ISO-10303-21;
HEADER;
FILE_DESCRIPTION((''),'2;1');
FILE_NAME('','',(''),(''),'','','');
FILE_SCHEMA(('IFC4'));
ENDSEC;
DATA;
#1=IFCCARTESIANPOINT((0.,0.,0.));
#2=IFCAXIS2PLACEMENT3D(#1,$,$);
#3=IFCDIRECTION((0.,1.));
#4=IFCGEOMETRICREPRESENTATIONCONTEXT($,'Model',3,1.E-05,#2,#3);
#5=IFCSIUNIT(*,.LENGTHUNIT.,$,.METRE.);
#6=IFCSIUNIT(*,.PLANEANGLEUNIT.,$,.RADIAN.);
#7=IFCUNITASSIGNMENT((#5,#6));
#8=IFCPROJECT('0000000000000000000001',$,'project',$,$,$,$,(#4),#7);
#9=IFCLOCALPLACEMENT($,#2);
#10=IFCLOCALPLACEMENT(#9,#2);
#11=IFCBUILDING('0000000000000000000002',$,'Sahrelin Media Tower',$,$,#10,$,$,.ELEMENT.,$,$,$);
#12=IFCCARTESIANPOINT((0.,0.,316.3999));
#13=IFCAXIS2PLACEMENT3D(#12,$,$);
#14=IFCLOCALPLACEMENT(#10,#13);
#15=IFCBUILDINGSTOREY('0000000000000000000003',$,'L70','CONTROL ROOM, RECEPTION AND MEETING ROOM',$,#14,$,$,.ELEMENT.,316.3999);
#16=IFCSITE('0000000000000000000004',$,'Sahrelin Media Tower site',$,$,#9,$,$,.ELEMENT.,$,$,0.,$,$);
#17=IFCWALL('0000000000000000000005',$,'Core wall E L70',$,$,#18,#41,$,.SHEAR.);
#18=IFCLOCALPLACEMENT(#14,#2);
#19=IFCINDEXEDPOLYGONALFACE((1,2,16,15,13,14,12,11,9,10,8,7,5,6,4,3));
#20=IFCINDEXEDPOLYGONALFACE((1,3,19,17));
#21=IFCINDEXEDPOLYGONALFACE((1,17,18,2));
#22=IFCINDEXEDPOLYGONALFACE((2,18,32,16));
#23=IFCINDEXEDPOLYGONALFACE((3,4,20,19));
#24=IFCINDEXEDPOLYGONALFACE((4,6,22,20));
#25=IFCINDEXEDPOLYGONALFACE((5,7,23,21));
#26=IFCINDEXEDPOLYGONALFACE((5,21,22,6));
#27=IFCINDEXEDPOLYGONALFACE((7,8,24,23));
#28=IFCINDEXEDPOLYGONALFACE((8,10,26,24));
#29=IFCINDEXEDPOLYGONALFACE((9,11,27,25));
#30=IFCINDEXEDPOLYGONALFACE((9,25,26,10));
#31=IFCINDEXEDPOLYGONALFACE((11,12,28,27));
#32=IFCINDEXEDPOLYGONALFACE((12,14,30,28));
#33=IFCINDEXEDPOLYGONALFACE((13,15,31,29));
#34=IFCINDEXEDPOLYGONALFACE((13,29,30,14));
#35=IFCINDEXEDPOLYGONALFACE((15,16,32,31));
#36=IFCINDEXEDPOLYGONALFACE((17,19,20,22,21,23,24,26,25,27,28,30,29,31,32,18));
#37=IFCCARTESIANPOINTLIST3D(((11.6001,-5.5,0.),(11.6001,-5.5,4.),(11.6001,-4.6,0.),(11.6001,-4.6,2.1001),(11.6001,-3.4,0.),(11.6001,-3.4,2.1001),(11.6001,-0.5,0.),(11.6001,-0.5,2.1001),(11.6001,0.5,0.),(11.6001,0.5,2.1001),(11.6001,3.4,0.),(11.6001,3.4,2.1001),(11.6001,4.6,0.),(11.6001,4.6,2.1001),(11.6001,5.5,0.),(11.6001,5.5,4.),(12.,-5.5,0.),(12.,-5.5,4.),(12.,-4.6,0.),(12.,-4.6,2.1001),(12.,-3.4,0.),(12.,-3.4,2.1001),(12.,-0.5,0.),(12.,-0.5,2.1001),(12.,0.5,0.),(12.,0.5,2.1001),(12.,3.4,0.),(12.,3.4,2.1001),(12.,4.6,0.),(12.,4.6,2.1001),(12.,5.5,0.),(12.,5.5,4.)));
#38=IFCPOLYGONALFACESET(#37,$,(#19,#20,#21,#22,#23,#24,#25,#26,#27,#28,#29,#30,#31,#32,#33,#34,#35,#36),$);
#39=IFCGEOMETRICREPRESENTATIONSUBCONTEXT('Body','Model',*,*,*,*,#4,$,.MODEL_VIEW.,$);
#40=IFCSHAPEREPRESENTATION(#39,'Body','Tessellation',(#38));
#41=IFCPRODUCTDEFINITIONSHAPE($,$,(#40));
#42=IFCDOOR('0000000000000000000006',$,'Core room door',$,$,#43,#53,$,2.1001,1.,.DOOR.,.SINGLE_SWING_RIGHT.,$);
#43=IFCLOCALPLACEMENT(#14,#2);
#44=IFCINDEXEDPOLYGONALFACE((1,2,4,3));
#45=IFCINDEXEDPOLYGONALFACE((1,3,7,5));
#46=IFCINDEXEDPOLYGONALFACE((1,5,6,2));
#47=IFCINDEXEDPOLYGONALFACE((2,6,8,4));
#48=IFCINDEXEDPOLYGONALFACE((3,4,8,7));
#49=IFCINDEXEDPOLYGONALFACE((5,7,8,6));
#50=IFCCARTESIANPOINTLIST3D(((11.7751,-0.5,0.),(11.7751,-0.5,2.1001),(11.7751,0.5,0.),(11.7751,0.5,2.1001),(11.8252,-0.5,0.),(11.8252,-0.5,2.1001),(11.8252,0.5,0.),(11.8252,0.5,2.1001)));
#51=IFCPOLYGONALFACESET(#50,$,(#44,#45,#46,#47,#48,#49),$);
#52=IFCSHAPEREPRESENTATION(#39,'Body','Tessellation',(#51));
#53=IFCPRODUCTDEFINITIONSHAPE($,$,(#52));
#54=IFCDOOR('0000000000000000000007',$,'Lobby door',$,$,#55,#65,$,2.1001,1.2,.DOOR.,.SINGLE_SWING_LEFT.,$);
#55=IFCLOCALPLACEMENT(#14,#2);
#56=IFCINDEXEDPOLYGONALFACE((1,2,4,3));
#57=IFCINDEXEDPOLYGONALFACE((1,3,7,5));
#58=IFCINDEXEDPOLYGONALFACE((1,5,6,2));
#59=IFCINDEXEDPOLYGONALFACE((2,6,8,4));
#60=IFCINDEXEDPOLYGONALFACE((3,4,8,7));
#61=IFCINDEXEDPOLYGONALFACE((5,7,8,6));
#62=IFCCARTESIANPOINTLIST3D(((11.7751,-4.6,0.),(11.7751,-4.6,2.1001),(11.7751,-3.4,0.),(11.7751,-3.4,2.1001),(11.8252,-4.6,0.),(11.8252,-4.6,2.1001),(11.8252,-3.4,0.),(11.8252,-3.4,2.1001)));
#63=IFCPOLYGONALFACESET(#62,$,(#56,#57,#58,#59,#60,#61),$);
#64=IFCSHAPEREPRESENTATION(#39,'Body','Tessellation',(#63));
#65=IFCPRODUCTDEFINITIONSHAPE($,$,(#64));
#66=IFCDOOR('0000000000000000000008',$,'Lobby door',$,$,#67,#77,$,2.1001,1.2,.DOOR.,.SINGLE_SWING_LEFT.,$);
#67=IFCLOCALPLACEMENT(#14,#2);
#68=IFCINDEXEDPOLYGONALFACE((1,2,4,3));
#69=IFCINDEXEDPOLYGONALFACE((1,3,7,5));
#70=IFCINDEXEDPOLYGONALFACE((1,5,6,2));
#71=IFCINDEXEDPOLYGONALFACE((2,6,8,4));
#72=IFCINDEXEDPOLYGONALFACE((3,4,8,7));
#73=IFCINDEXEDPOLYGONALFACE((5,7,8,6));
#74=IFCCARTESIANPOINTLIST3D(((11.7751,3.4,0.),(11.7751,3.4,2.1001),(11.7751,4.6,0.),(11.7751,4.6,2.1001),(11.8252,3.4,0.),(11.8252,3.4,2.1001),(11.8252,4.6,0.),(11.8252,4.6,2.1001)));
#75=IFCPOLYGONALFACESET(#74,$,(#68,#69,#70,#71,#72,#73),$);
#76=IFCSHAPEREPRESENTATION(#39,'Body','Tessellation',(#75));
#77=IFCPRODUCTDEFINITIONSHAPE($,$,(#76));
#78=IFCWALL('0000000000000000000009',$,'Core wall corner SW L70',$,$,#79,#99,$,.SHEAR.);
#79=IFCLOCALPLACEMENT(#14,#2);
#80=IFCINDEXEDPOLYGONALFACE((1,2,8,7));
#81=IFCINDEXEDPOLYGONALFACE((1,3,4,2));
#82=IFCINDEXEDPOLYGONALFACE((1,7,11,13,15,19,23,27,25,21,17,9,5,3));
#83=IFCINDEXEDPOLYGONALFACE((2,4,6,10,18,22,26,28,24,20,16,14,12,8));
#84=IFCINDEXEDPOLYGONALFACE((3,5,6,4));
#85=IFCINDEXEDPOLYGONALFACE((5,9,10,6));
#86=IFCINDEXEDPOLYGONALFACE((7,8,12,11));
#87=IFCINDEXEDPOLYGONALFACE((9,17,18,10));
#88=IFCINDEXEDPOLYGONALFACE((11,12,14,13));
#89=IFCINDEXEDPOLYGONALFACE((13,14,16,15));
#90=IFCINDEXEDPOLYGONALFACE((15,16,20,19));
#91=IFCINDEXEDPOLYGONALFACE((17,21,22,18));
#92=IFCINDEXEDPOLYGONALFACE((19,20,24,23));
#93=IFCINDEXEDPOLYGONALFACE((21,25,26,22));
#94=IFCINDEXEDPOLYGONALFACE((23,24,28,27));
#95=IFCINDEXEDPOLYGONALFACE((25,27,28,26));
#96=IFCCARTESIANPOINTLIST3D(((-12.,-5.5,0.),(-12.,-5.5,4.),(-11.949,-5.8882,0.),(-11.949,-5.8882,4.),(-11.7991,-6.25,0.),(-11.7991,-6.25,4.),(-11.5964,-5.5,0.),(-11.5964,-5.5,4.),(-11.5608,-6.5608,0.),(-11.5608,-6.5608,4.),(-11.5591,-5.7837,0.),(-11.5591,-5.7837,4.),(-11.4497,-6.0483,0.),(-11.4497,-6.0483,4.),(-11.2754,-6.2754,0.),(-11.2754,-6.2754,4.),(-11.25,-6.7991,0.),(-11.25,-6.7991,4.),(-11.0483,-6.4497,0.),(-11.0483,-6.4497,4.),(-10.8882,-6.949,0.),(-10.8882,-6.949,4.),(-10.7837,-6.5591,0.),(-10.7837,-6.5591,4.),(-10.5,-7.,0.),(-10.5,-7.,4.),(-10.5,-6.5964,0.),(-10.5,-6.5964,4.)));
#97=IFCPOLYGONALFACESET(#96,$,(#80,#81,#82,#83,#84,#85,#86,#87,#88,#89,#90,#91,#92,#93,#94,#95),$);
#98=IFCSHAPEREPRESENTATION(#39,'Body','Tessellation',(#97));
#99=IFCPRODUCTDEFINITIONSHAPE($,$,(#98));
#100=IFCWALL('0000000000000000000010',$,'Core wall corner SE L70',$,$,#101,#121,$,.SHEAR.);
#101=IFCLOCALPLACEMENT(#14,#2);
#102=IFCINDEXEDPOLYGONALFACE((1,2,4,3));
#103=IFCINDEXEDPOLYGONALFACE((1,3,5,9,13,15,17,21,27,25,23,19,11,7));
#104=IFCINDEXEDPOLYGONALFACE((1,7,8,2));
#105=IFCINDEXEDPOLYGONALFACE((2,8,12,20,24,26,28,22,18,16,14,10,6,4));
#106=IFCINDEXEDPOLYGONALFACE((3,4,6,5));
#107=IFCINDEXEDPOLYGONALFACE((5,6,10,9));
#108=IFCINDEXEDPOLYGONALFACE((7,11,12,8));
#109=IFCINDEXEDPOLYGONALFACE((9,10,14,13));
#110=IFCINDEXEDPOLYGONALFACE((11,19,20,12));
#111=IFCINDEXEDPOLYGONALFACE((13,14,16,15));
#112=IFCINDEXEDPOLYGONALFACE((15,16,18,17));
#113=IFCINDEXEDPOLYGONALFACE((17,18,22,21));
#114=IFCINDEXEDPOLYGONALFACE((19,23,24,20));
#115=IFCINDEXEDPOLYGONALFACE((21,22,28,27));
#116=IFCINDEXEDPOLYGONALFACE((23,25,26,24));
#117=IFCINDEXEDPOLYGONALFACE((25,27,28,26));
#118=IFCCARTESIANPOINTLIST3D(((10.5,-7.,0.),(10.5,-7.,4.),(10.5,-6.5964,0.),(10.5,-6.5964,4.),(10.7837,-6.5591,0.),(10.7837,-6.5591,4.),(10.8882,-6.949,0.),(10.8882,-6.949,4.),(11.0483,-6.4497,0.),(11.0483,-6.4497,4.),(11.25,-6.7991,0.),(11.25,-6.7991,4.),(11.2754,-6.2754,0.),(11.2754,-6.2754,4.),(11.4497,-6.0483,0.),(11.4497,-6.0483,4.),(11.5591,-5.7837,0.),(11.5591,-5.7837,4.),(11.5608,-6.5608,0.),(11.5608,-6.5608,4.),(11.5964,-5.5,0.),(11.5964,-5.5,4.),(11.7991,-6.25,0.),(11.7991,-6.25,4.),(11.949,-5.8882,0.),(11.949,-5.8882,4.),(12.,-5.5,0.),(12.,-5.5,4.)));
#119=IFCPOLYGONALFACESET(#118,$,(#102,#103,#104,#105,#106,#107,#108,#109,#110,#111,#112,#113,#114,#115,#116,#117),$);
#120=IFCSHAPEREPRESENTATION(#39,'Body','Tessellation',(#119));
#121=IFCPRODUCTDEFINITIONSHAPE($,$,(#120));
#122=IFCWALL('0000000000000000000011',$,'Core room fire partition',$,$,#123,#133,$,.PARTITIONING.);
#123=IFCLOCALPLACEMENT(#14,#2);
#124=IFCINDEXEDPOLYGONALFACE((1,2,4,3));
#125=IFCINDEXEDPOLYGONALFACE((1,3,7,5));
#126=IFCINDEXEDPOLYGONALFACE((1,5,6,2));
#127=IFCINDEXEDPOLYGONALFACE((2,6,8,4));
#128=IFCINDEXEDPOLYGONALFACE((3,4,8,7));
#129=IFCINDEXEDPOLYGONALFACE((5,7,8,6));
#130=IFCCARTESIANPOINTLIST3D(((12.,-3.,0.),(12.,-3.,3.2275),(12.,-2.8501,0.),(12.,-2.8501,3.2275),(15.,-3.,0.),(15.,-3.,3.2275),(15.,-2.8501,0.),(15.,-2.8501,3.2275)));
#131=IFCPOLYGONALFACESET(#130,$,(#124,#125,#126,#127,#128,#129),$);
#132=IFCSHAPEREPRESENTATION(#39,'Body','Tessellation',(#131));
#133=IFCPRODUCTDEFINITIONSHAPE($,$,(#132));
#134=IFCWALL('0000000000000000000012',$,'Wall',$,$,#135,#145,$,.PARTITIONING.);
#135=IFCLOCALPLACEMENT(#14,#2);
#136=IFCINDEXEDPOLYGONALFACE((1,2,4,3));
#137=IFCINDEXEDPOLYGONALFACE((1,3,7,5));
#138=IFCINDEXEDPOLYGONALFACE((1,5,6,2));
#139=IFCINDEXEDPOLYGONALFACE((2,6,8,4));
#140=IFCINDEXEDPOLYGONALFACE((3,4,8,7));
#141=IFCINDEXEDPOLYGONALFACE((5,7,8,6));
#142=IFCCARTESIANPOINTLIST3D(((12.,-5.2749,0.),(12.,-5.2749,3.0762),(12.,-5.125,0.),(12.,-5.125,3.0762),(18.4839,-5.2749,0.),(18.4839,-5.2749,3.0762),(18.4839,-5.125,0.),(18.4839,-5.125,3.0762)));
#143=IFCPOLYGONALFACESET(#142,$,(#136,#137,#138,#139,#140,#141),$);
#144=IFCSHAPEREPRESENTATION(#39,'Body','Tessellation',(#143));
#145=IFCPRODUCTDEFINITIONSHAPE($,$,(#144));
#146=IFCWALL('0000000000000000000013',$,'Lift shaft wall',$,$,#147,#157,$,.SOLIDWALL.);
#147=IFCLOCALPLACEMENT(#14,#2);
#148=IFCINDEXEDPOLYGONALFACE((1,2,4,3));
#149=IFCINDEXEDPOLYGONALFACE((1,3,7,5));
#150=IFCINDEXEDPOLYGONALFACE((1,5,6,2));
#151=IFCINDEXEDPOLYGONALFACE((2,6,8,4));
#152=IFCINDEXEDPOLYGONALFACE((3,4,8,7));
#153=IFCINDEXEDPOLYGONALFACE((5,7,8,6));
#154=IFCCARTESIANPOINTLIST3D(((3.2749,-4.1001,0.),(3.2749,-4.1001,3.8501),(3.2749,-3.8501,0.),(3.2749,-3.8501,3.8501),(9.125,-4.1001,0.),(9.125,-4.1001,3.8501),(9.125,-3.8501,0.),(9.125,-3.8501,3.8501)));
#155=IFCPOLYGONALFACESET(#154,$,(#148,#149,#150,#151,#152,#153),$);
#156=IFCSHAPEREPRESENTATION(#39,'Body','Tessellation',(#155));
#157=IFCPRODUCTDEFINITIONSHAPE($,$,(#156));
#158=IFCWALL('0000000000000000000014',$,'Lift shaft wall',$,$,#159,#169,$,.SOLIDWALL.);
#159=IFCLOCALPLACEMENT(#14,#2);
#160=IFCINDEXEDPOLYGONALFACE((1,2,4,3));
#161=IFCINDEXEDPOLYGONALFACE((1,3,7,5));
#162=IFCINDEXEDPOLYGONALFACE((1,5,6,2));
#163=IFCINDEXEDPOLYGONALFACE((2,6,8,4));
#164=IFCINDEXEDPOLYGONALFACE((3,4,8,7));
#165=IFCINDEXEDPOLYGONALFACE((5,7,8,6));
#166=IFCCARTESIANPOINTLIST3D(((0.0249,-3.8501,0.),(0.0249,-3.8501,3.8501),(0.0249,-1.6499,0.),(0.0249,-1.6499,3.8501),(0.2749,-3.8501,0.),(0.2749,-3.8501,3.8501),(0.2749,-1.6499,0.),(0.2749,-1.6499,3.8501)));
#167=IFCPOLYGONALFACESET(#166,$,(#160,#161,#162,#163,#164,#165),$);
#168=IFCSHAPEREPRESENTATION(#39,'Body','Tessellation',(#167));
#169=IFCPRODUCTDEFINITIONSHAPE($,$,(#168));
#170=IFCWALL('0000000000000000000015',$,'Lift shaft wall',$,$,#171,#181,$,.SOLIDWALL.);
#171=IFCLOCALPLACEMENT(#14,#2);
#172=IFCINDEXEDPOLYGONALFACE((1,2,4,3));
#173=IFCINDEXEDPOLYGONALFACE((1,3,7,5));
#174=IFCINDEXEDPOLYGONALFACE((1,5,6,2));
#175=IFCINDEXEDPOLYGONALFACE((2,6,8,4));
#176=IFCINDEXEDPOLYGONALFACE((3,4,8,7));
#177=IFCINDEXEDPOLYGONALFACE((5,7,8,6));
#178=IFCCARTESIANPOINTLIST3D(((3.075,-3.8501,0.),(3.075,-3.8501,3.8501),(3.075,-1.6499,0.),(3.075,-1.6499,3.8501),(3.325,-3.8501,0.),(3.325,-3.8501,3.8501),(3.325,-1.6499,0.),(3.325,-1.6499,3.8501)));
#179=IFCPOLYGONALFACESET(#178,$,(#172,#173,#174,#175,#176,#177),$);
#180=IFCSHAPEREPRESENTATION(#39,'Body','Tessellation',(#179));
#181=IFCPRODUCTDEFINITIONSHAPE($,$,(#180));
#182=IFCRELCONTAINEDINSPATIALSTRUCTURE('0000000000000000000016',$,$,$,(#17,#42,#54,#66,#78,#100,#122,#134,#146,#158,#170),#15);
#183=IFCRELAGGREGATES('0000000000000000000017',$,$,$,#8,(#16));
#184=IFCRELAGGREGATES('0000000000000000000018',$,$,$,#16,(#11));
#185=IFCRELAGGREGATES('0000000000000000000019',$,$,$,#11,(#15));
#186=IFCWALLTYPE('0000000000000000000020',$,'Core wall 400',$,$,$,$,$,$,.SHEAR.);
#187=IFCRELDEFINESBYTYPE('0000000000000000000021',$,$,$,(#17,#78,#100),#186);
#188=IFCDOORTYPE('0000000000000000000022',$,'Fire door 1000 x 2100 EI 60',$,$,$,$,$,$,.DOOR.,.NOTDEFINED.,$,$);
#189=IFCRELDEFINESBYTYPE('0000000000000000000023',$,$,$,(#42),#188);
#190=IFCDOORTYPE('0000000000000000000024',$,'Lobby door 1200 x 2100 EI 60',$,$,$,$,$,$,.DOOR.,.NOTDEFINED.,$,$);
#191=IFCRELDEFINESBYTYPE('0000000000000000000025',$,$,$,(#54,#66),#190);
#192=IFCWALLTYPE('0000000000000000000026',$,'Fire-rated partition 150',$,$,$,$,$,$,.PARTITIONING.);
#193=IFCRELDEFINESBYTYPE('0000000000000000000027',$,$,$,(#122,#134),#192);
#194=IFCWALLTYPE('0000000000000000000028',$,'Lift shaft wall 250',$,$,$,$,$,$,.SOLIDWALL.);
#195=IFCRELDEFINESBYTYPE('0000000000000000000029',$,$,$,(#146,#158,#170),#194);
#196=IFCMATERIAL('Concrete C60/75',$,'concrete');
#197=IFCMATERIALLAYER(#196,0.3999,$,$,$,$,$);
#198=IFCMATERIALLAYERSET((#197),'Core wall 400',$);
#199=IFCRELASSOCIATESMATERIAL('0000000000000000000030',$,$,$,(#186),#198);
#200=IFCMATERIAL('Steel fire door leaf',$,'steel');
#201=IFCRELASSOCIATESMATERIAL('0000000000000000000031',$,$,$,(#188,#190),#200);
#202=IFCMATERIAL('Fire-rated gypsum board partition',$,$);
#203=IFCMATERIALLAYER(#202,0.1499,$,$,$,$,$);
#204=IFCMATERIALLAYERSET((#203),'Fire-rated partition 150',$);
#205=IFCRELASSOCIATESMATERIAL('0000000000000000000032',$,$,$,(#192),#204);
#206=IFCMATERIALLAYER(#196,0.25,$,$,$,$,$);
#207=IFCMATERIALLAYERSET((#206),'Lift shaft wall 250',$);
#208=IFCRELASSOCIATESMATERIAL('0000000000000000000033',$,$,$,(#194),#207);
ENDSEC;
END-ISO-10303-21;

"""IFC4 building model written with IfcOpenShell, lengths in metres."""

from ifc_helpers import new_model, si_unit, direction, frame, frame_2d, origin, place, context, subcontext, project, spatial, polyline, rectangle, outline, extrude, material, layer, layer_set, type_object, element, fill, save


model = new_model("IFC4")

# Units and contexts
model_context = context("Model", 3, precision=1e-05, world=origin(), true_north=direction((0.0, 1.0)))
body_context = subcontext(model_context, "Body", "Model", "MODEL_VIEW")
ifc_project = project(units=[si_unit("LENGTHUNIT", "METRE"), si_unit("PLANEANGLEUNIT", "RADIAN")], contexts=[model_context])

# Site, building, storey
site_placement = place(None, origin())
site = spatial("IfcSite", under=ifc_project, at=site_placement, Name="Sahrelin Media Tower site", CompositionType="ELEMENT", RefElevation=0.0)
building_placement = place(site_placement, origin())
building = spatial("IfcBuilding", under=site, at=building_placement, Name="Sahrelin Media Tower", CompositionType="ELEMENT")
storey_placement = place(building_placement, frame((0.0, 0.0, 316.3999)))
storey = spatial("IfcBuildingStorey", under=building, at=storey_placement, Name="L70", Description="CONTROL ROOM, RECEPTION AND MEETING ROOM", CompositionType="ELEMENT", Elevation=316.3999)

# Shared definitions
placement_1 = place(storey_placement, origin())

# Wall, openings, doors
ifc_material_1 = material(Name="Concrete C60/75", Category="concrete")
ifc_layer_1 = layer(ifc_material_1, 0.3999)
ifc_layer_set_1 = layer_set([ifc_layer_1], Name="Core wall 400")
wall_type_1 = type_object("IfcWallType", Name="Core wall 400", PredefinedType="SHEAR", material=ifc_layer_set_1)
wall_1_placement = place(storey_placement, frame((11.8, -5.5, 0.0), z_axis=(0.0, 0.0, 1.0), x_axis=(0.0, 1.0, 0.0)))
wall_1 = element("IfcWall", 1, at=wall_1_placement, inside=storey, type_object=wall_type_1, Name="Core wall E L70", PredefinedType="SHEAR", context=body_context, shape_type="SweptSolid", body=[
    extrude(rectangle(XDim=11.0, YDim=0.3999, at=frame_2d((5.5, 0.0))), origin(), (0.0, 0.0, 1.0), 4.0),
])
opening_1_placement = place(wall_1_placement, frame((5.0, 0.0, 0.0)))
opening_1 = element("IfcOpeningElement", 2, at=opening_1_placement, cuts=wall_1, PredefinedType="OPENING", context=body_context, shape_type="SweptSolid", body=[
    extrude(rectangle(XDim=1.0, YDim=2.1001, at=frame_2d((0.5, 1.05))), frame((0.0, 0.2, 0.0), z_axis=(0.0, -1.0, 0.0), x_axis=(1.0, 0.0, 0.0)), (0.0, 0.0, 1.0), 0.3999),
])
opening_2_placement = place(wall_1_placement, frame((0.8999, 0.0, 0.0)))
opening_2 = element("IfcOpeningElement", 3, at=opening_2_placement, cuts=wall_1, PredefinedType="OPENING", context=body_context, shape_type="SweptSolid", body=[
    extrude(rectangle(XDim=1.2, YDim=2.1001, at=frame_2d((0.6001, 1.05))), frame((0.0, 0.2, 0.0), z_axis=(0.0, -1.0, 0.0), x_axis=(1.0, 0.0, 0.0)), (0.0, 0.0, 1.0), 0.3999),
])
opening_3_placement = place(wall_1_placement, frame((8.8999, 0.0, 0.0)))
opening_3 = element("IfcOpeningElement", 4, at=opening_3_placement, cuts=wall_1, PredefinedType="OPENING", context=body_context, shape_type="SweptSolid", body=[
    extrude(rectangle(XDim=1.2, YDim=2.1001, at=frame_2d((0.6001, 1.05))), frame((0.0, 0.2, 0.0), z_axis=(0.0, -1.0, 0.0), x_axis=(1.0, 0.0, 0.0)), (0.0, 0.0, 1.0), 0.3999),
])
ifc_material_2 = material(Name="Steel fire door leaf", Category="steel")
door_type_1 = type_object("IfcDoorType", Name="Fire door 1000 x 2100 EI 60", OperationType="NOTDEFINED", PredefinedType="DOOR", material=ifc_material_2)
door_1_placement = place(opening_1_placement, origin())
door_1 = element("IfcDoor", 5, at=door_1_placement, inside=storey, type_object=door_type_1, Name="Core room door", OperationType="SINGLE_SWING_RIGHT", OverallHeight=2.1001, OverallWidth=1.0, PredefinedType="DOOR", context=body_context, shape_type="SweptSolid", body=[
    extrude(rectangle(XDim=1.0, YDim=2.1001, at=frame_2d((0.5, 1.05))), frame((0.0, 0.0249, 0.0), z_axis=(0.0, -1.0, 0.0), x_axis=(1.0, 0.0, 0.0)), (0.0, 0.0, 1.0), 0.05),
])
fill(opening_1, door_1)
door_type_2 = type_object("IfcDoorType", Name="Lobby door 1200 x 2100 EI 60", OperationType="NOTDEFINED", PredefinedType="DOOR", material=ifc_material_2)
door_2_placement = place(opening_2_placement, origin())
door_2 = element("IfcDoor", 6, at=door_2_placement, inside=storey, type_object=door_type_2, Name="Lobby door", OperationType="SINGLE_SWING_LEFT", OverallHeight=2.1001, OverallWidth=1.2, PredefinedType="DOOR", context=body_context, shape_type="SweptSolid", body=[
    extrude(rectangle(XDim=1.2, YDim=2.1001, at=frame_2d((0.6001, 1.05))), frame((0.0, 0.0249, 0.0), z_axis=(0.0, -1.0, 0.0), x_axis=(1.0, 0.0, 0.0)), (0.0, 0.0, 1.0), 0.05),
])
fill(opening_2, door_2)
door_3_placement = place(opening_3_placement, origin())
door_3 = element("IfcDoor", 7, at=door_3_placement, inside=storey, type_object=door_type_2, Name="Lobby door", OperationType="SINGLE_SWING_LEFT", OverallHeight=2.1001, OverallWidth=1.2, PredefinedType="DOOR", context=body_context, shape_type="SweptSolid", body=[
    extrude(rectangle(XDim=1.2, YDim=2.1001, at=frame_2d((0.6001, 1.05))), frame((0.0, 0.0249, 0.0), z_axis=(0.0, -1.0, 0.0), x_axis=(1.0, 0.0, 0.0)), (0.0, 0.0, 1.0), 0.05),
])
fill(opening_3, door_3)

# Walls
element("IfcWall", 8, at=placement_1, inside=storey, type_object=wall_type_1, Name="Core wall corner SW L70", PredefinedType="SHEAR", context=body_context, shape_type="SweptSolid", body=[
    extrude(outline(polyline([(-10.5, -7.0), (-10.5, -6.5964), (-10.7837, -6.5591), (-11.0483, -6.4497), (-11.2754, -6.2754), (-11.4497, -6.0483), (-11.5591, -5.7837), (-11.5964, -5.5), (-12.0, -5.5), (-11.949, -5.8882), (-11.7991, -6.25), (-11.5608, -6.5608), (-11.25, -6.7991), (-10.8882, -6.949), (-10.5, -7.0)])), origin(), (0.0, 0.0, 1.0), 4.0),
])
element("IfcWall", 9, at=placement_1, inside=storey, type_object=wall_type_1, Name="Core wall corner SE L70", PredefinedType="SHEAR", context=body_context, shape_type="SweptSolid", body=[
    extrude(outline(polyline([(12.0, -5.5), (11.5964, -5.5), (11.5591, -5.7837), (11.4497, -6.0483), (11.2754, -6.2754), (11.0483, -6.4497), (10.7837, -6.5591), (10.5, -6.5964), (10.5, -7.0), (10.8882, -6.949), (11.25, -6.7991), (11.5608, -6.5608), (11.7991, -6.25), (11.949, -5.8882), (12.0, -5.5)])), origin(), (0.0, 0.0, 1.0), 4.0),
])
ifc_material_3 = material(Name="Fire-rated gypsum board partition")
ifc_layer_2 = layer(ifc_material_3, 0.1499)
ifc_layer_set_2 = layer_set([ifc_layer_2], Name="Fire-rated partition 150")
wall_type_2 = type_object("IfcWallType", Name="Fire-rated partition 150", PredefinedType="PARTITIONING", material=ifc_layer_set_2)
wall_2_placement = place(storey_placement, frame((12.0, -2.925, 0.0), z_axis=(0.0, 0.0, 1.0), x_axis=(1.0, 0.0, 0.0)))
element("IfcWall", 10, at=wall_2_placement, inside=storey, type_object=wall_type_2, Name="Core room fire partition", PredefinedType="PARTITIONING", context=body_context, shape_type="SweptSolid", body=[
    extrude(rectangle(XDim=3.0, YDim=0.1499, at=frame_2d((1.5, 0.0))), origin(), (0.0, 0.0, 1.0), 3.2275),
])
wall_3_placement = place(storey_placement, frame((12.0, -5.2, 0.0), z_axis=(0.0, 0.0, 1.0), x_axis=(1.0, 0.0, 0.0)))
element("IfcWall", 11, at=wall_3_placement, inside=storey, type_object=wall_type_2, Name="Wall", PredefinedType="PARTITIONING", context=body_context, shape_type="SweptSolid", body=[
    extrude(rectangle(XDim=6.4839, YDim=0.1499, at=frame_2d((3.2419, 0.0))), origin(), (0.0, 0.0, 1.0), 3.0762),
])
ifc_layer_3 = layer(ifc_material_1, 0.25)
ifc_layer_set_3 = layer_set([ifc_layer_3], Name="Lift shaft wall 250")
wall_type_3 = type_object("IfcWallType", Name="Lift shaft wall 250", PredefinedType="SOLIDWALL", material=ifc_layer_set_3)
wall_4_placement = place(storey_placement, frame((3.2749, -3.9751, 0.0), z_axis=(0.0, 0.0, 1.0), x_axis=(1.0, 0.0, 0.0)))
element("IfcWall", 12, at=wall_4_placement, inside=storey, type_object=wall_type_3, Name="Lift shaft wall", PredefinedType="SOLIDWALL", context=body_context, shape_type="SweptSolid", body=[
    extrude(rectangle(XDim=5.8501, YDim=0.25, at=frame_2d((2.925, 0.0))), origin(), (0.0, 0.0, 1.0), 3.8501),
])
for number, where, z_axis, x_axis, name in (
    (13, (0.1499, -3.8501, 0.0), (0.0, 0.0, 1.0), (0.0, 1.0, 0.0), "Lift shaft wall"),
    (14, (3.2, -3.8501, 0.0), (0.0, 0.0, 1.0), (0.0, 1.0, 0.0), "Lift shaft wall"),
):
    element("IfcWall", number, at=place(storey_placement, frame(where, z_axis=z_axis, x_axis=x_axis)), inside=storey, type_object=wall_type_3, Name=name, PredefinedType="SOLIDWALL", context=body_context, shape_type="SweptSolid", body=[
        extrude(rectangle(XDim=2.2002, YDim=0.25, at=frame_2d((1.1001, 0.0))), origin(), (0.0, 0.0, 1.0), 3.8501),
    ])

save(model, "model.ifc")
